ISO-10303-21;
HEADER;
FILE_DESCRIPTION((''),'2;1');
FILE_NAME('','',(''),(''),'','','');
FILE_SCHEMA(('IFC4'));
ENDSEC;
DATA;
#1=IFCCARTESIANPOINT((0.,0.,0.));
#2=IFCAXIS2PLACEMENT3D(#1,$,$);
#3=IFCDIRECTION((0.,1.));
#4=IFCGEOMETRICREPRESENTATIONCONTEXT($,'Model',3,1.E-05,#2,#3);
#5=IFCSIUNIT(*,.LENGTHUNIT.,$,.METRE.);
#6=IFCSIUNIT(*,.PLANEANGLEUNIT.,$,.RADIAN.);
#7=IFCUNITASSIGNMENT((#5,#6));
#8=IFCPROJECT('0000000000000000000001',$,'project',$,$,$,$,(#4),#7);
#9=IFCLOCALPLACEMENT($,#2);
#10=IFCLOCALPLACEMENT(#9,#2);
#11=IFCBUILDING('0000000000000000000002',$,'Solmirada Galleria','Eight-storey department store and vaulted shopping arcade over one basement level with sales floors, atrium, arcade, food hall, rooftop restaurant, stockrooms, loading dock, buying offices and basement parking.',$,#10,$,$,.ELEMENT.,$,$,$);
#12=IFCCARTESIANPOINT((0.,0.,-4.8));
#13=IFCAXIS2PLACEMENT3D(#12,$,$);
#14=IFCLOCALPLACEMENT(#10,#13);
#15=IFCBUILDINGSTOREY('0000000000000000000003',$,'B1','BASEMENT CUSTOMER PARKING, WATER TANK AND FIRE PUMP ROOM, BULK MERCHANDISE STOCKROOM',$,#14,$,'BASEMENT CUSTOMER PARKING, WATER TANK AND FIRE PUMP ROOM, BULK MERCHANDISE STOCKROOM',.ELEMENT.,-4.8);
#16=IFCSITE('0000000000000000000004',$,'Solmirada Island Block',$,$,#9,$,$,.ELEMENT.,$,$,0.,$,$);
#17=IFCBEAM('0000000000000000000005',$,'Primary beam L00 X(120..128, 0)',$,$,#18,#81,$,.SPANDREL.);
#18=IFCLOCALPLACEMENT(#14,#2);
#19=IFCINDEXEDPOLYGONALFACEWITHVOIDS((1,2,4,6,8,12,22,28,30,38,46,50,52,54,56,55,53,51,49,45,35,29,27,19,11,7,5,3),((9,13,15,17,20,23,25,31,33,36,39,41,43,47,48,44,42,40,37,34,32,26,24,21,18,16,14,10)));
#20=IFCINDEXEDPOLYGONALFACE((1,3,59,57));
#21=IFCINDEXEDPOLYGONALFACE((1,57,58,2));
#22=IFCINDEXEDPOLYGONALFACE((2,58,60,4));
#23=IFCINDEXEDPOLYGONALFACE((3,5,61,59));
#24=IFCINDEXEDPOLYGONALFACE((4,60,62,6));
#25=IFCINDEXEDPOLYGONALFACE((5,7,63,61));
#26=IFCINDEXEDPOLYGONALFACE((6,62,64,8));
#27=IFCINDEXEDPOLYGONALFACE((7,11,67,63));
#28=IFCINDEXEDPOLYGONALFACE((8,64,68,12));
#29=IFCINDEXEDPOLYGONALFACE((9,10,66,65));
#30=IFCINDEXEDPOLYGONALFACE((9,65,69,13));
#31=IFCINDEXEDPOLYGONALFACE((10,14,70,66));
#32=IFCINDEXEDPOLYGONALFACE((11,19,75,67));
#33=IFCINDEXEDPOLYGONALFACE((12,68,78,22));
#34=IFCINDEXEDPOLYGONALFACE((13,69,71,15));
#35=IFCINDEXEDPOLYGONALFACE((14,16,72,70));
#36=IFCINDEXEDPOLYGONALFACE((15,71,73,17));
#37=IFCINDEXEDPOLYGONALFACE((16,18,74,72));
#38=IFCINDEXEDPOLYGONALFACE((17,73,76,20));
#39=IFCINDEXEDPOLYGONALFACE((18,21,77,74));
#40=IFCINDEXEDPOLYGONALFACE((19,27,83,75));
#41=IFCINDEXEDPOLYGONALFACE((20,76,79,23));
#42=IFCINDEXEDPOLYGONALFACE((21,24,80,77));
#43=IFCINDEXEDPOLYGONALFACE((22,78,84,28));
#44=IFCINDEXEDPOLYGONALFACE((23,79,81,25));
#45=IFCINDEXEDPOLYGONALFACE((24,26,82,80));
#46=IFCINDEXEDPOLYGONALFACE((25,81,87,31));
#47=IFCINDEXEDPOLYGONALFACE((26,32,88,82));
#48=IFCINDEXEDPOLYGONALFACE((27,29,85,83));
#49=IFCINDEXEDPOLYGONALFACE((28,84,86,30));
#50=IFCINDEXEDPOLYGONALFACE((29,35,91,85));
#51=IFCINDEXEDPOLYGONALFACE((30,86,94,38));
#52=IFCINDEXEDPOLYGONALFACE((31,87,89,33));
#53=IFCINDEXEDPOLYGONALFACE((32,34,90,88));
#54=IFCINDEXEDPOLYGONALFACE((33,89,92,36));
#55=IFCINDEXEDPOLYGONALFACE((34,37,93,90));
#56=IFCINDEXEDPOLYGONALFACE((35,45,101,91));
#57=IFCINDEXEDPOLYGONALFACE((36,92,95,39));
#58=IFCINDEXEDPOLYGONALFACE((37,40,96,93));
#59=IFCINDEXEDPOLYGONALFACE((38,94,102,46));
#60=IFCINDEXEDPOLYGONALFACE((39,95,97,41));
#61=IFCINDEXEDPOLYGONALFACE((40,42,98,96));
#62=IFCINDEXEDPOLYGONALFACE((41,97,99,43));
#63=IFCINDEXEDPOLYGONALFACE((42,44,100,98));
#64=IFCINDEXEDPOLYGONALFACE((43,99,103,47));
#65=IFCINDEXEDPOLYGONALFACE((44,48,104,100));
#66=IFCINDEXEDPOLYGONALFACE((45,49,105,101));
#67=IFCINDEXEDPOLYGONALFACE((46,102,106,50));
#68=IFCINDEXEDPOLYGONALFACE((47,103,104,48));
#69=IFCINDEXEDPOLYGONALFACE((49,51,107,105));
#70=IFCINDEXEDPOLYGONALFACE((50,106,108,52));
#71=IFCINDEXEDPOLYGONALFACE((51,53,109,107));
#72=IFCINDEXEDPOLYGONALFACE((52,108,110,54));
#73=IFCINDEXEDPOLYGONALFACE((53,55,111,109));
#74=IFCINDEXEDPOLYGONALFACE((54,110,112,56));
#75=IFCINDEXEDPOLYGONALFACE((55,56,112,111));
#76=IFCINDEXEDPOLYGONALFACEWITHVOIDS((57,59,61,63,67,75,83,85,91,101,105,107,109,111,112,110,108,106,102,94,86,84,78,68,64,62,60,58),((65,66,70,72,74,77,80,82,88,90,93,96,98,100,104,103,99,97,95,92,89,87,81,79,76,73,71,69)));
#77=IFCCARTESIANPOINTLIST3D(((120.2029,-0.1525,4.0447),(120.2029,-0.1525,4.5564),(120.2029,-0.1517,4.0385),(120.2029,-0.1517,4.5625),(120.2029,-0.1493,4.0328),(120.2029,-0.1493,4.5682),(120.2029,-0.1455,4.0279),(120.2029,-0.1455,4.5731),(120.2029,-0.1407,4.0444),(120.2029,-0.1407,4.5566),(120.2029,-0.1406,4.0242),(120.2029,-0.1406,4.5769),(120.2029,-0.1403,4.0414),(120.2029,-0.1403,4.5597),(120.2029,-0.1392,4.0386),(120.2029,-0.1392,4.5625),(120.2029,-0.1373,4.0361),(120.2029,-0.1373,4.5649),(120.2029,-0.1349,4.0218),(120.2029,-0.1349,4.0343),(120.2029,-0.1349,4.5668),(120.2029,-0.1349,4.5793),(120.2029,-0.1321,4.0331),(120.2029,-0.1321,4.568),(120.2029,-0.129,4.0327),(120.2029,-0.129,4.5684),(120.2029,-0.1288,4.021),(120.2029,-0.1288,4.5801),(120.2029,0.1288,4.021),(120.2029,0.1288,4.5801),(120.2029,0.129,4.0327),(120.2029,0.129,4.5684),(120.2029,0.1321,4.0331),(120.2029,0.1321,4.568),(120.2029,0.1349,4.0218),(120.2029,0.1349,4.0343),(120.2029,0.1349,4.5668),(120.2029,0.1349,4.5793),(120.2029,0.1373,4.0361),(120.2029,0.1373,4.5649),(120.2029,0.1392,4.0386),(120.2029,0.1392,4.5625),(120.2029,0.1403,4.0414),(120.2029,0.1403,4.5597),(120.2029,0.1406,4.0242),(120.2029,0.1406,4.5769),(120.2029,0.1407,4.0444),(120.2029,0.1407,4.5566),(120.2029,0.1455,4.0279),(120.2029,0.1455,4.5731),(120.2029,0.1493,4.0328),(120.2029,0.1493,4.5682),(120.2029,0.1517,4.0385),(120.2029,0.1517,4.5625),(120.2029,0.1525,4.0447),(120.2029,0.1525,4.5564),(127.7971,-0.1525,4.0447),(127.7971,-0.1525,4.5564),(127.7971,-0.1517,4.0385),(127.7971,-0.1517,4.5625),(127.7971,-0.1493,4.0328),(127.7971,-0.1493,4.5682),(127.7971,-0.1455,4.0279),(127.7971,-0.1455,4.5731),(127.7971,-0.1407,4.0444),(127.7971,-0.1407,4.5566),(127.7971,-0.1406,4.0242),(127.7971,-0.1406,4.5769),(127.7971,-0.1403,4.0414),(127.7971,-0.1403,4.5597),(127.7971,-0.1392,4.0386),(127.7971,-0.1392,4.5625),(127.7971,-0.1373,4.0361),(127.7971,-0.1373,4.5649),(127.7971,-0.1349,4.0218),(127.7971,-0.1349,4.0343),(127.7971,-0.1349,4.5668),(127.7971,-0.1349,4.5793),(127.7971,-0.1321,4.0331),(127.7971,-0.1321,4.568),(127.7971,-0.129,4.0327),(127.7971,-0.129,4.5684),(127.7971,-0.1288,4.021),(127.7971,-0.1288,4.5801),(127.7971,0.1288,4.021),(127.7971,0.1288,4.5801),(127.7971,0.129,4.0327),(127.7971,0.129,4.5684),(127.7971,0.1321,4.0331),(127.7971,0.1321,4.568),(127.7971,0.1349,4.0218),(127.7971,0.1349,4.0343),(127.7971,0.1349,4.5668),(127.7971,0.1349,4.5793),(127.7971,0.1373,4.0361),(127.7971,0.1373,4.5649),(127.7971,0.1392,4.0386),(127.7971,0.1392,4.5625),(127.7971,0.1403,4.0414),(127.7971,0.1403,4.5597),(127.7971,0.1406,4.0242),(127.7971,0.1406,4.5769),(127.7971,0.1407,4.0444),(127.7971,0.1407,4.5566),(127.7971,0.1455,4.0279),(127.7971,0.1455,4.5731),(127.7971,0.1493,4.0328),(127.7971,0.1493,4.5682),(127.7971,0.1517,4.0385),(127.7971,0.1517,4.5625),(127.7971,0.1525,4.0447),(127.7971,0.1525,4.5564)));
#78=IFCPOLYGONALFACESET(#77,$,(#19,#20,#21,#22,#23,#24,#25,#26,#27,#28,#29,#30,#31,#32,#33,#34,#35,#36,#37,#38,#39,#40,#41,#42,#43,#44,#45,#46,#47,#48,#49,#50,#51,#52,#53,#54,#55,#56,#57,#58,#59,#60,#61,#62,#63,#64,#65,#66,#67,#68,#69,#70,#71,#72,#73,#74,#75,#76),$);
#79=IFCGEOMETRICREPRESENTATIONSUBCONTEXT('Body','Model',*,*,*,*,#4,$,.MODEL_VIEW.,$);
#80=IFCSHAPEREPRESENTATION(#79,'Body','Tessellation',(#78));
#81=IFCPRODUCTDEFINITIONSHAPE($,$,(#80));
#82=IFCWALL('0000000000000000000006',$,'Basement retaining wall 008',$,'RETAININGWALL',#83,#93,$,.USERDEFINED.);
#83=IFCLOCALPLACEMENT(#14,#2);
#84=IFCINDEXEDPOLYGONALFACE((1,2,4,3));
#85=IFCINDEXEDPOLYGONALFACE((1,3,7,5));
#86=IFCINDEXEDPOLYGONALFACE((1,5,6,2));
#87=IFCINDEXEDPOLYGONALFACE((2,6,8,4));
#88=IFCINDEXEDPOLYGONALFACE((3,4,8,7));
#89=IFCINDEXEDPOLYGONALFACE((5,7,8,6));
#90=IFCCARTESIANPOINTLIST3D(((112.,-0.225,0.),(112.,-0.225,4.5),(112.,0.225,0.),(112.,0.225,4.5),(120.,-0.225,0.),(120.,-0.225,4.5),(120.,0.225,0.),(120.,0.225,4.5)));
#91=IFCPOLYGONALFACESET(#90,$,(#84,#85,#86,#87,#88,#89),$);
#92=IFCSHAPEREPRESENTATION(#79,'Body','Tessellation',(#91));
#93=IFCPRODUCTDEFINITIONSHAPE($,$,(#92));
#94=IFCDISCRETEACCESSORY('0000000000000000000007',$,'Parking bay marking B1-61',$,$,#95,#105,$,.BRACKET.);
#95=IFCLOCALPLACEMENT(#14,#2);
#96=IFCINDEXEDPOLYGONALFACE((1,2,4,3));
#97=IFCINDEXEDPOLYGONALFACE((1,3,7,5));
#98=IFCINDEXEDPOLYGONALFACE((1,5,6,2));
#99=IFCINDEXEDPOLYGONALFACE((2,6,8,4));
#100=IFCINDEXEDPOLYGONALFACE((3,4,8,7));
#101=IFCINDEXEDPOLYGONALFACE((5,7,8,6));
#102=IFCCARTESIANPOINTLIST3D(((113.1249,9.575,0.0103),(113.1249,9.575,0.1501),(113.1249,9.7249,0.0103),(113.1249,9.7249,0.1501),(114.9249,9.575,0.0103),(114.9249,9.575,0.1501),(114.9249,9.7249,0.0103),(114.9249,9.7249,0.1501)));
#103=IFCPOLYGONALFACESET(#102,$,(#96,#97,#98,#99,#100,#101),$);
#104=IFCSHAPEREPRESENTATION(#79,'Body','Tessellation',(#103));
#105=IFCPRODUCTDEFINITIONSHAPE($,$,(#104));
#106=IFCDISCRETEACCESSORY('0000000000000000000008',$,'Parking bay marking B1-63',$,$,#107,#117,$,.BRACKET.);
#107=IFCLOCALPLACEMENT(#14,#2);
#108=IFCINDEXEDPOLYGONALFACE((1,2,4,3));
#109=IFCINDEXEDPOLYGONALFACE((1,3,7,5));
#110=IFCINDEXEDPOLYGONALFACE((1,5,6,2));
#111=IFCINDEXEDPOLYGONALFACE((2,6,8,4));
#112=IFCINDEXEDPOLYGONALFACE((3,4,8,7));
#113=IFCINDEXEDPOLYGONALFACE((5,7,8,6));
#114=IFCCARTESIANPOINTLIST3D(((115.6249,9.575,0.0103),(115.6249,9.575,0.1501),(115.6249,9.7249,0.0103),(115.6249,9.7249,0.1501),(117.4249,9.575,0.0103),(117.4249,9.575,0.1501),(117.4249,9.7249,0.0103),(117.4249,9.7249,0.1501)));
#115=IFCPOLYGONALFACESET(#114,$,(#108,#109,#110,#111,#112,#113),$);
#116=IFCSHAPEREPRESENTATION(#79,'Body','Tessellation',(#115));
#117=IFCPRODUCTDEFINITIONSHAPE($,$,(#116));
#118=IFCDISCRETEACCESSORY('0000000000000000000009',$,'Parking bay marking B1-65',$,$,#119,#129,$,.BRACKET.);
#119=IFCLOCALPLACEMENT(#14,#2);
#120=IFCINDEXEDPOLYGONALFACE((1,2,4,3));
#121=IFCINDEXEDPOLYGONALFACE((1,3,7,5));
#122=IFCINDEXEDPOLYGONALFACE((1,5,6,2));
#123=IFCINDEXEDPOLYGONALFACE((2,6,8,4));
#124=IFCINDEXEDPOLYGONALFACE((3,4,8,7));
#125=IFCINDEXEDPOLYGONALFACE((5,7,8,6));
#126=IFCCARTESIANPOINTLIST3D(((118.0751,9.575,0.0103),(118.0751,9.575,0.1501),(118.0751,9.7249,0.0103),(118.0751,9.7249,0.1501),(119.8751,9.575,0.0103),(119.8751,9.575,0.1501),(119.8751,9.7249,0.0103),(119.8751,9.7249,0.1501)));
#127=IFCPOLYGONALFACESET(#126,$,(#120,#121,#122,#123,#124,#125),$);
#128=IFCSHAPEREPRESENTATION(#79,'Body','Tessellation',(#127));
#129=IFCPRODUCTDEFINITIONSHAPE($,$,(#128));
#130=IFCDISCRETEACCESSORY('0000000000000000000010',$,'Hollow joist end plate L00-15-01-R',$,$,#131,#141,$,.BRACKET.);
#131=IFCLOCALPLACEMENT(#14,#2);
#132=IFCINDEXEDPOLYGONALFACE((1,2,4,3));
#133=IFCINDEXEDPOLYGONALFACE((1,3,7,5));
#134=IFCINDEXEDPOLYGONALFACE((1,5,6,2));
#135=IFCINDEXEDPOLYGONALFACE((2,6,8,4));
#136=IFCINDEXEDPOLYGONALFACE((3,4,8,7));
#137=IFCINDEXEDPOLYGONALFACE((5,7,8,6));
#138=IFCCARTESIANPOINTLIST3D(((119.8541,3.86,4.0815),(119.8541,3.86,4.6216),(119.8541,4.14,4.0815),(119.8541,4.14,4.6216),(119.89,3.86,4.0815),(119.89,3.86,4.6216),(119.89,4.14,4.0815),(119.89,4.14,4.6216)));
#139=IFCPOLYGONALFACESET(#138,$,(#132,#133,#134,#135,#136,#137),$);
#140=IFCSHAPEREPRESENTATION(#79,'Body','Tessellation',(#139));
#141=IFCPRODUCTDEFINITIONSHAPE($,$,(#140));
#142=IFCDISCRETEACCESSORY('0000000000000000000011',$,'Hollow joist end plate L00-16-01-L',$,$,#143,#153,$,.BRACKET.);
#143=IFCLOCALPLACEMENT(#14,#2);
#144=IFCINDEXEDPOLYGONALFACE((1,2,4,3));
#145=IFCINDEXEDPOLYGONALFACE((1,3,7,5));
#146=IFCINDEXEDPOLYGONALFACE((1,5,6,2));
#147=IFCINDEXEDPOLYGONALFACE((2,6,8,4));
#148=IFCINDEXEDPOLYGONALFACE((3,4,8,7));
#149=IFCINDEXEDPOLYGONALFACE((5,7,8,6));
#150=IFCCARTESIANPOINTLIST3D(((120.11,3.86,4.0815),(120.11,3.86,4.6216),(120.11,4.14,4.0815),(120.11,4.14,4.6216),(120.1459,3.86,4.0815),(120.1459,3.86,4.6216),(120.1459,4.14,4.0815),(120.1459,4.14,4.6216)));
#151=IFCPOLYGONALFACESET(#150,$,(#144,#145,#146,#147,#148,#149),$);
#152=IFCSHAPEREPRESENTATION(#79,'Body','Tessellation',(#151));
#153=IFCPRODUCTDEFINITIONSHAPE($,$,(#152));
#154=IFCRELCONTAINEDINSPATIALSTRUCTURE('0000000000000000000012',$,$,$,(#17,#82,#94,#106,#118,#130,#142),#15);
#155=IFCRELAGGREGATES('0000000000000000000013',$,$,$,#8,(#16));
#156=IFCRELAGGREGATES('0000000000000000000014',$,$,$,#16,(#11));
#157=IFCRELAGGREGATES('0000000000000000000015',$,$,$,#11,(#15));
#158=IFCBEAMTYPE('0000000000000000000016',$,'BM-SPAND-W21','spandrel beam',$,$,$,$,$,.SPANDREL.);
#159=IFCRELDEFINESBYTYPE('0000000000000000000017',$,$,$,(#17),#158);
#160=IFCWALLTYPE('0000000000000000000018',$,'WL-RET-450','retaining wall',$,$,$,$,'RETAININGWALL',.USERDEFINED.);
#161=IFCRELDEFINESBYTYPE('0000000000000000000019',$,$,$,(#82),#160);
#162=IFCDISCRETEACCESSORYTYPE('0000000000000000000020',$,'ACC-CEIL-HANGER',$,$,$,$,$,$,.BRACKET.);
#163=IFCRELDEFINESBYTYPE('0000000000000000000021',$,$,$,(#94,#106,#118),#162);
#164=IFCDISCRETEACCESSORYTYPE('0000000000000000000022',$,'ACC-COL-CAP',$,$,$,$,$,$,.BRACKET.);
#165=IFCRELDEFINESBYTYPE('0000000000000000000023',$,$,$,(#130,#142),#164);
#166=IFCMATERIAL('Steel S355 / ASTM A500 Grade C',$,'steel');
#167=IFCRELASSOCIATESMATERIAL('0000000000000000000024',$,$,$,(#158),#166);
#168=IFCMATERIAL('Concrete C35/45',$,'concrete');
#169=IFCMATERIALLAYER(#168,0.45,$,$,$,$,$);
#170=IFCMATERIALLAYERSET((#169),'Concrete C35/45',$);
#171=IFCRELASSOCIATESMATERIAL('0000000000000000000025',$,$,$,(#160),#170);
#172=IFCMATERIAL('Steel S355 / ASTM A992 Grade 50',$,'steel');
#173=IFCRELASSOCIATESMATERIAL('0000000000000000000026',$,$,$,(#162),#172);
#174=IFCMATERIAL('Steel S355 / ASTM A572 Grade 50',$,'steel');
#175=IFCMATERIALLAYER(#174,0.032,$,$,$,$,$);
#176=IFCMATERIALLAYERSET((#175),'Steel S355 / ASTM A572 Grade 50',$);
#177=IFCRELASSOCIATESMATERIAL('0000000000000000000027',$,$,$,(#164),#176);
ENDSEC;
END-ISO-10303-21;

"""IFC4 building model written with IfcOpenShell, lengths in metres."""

from ifc_helpers import new_model, si_unit, direction, frame, frame_2d, origin, origin_2d, place, context, subcontext, project, spatial, rectangle, hollow_rectangle, extrude, material, layer, layer_set, material_profile, profile_set, type_object, element, save


model = new_model("IFC4")

# Units and contexts
model_context = context("Model", 3, precision=1e-05, world=origin(), true_north=direction((0.0, 1.0)))
body_context = subcontext(model_context, "Body", "Model", "MODEL_VIEW")
ifc_project = project(units=[si_unit("LENGTHUNIT", "METRE"), si_unit("PLANEANGLEUNIT", "RADIAN")], contexts=[model_context])

# Site, building, storey
site_placement = place(None, origin())
site = spatial("IfcSite", under=ifc_project, at=site_placement, Name="Solmirada Island Block", CompositionType="ELEMENT", RefElevation=0.0)
building_placement = place(site_placement, origin())
building = spatial("IfcBuilding", under=site, at=building_placement, Name="Solmirada Galleria", Description="Eight-storey department store and vaulted shopping arcade over one basement level with sales floors, atrium, arcade, food hall, rooftop restaurant, stockrooms, loading dock, buying offices and basement parking.", CompositionType="ELEMENT")
storey_placement = place(building_placement, frame((0.0, 0.0, -4.8)))
storey = spatial("IfcBuildingStorey", under=building, at=storey_placement, Name="B1", Description="BASEMENT CUSTOMER PARKING, WATER TANK AND FIRE PUMP ROOM, BULK MERCHANDISE STOCKROOM", LongName="BASEMENT CUSTOMER PARKING, WATER TANK AND FIRE PUMP ROOM, BULK MERCHANDISE STOCKROOM", CompositionType="ELEMENT", Elevation=-4.8)

# Shared definitions
ifc_material_1 = material(Name="Concrete C35/45", Category="concrete")

# Shared definitions
ifc_material_2 = material(Name="Steel S355 / ASTM A500 Grade C", Category="steel")

# Beam
ifc_material_3 = material(Name="Steel S355 / ASTM A992 Grade 50", Category="steel")
ifc_material_profile_1 = material_profile(ifc_material_2, hollow_rectangle(XDim=0.3049, YDim=0.5591, WallThickness=0.0117, InnerFilletRadius=0.0117, OuterFilletRadius=0.0237, at=origin_2d()), Name="HSS22X12X1/2")
ifc_profile_set_1 = profile_set([ifc_material_profile_1], Name="Steel S355 / ASTM A500 Grade C")
beam_type_1 = type_object("IfcBeamType", Name="BM-SPAND-W21", Description="spandrel beam", PredefinedType="SPANDREL", material=ifc_profile_set_1)
beam_1_placement = place(storey_placement, frame((120.2029, 0.0, 4.3005), z_axis=(1.0, 0.0, 0.0), x_axis=(0.0, 1.0, 0.0)))
element("IfcBeam", 1, at=beam_1_placement, inside=storey, type_object=beam_type_1, Name="Primary beam L00 X(120..128, 0)", PredefinedType="SPANDREL", context=body_context, shape_type="SweptSolid", body=[
    extrude(hollow_rectangle(XDim=0.3049, YDim=0.5591, WallThickness=0.0117, InnerFilletRadius=0.0117, OuterFilletRadius=0.0237, at=origin_2d()), origin(), (0.0, 0.0, 1.0), 7.5942),
])

# Wall
ifc_layer_1 = layer(ifc_material_1, 0.45)
ifc_layer_set_1 = layer_set([ifc_layer_1], Name="Concrete C35/45")
wall_type = type_object("IfcWallType", Name="WL-RET-450", Description="retaining wall", ElementType="RETAININGWALL", PredefinedType="USERDEFINED", material=ifc_layer_set_1)
wall_placement = place(storey_placement, frame((120.0, 0.0, 0.0), z_axis=(0.0, 0.0, 1.0), x_axis=(-1.0, 0.0, 0.0)))
element("IfcWall", 2, at=wall_placement, inside=storey, type_object=wall_type, Name="Basement retaining wall 008", ObjectType="RETAININGWALL", PredefinedType="USERDEFINED", context=body_context, shape_type="SweptSolid", body=[
    extrude(rectangle(XDim=8.0, YDim=0.45, at=frame_2d((4.0, 0.0))), origin(), (0.0, 0.0, 1.0), 4.5),
])

# Discrete accessories
discrete_accessory_type_1 = type_object("IfcDiscreteAccessoryType", Name="ACC-CEIL-HANGER", PredefinedType="BRACKET", material=ifc_material_3)
for number, where, z_axis, x_axis, name in (
    (3, (114.0249, 9.6499, 0.0103), (0.0, 0.0, 1.0), (1.0, 0.0, 0.0), "Parking bay marking B1-61"),
    (4, (116.5249, 9.6499, 0.0103), (0.0, 0.0, 1.0), (1.0, 0.0, 0.0), "Parking bay marking B1-63"),
    (5, (118.9751, 9.6499, 0.0103), (0.0, 0.0, 1.0), (1.0, 0.0, 0.0), "Parking bay marking B1-65"),
):
    element("IfcDiscreteAccessory", number, at=place(storey_placement, frame(where, z_axis=z_axis, x_axis=x_axis)), inside=storey, type_object=discrete_accessory_type_1, Name=name, PredefinedType="BRACKET", context=body_context, shape_type="SweptSolid", body=[
        extrude(rectangle(XDim=1.8, YDim=0.1499, at=origin_2d()), origin(), (0.0, 0.0, 1.0), 0.1399),
    ])
ifc_material_4 = material(Name="Steel S355 / ASTM A572 Grade 50", Category="steel")
ifc_layer_2 = layer(ifc_material_4, 0.032)
ifc_layer_set_2 = layer_set([ifc_layer_2], Name="Steel S355 / ASTM A572 Grade 50")
discrete_accessory_type_2 = type_object("IfcDiscreteAccessoryType", Name="ACC-COL-CAP", PredefinedType="BRACKET", material=ifc_layer_set_2)
for number, where, z_axis, x_axis, name in (
    (6, (119.8721, 4.0, 4.0815), (0.0, 0.0, 1.0), (1.0, 0.0, 0.0), "Hollow joist end plate L00-15-01-R"),
    (7, (120.1279, 4.0, 4.0815), (0.0, 0.0, 1.0), (1.0, 0.0, 0.0), "Hollow joist end plate L00-16-01-L"),
):
    element("IfcDiscreteAccessory", number, at=place(storey_placement, frame(where, z_axis=z_axis, x_axis=x_axis)), inside=storey, type_object=discrete_accessory_type_2, Name=name, PredefinedType="BRACKET", context=body_context, shape_type="SweptSolid", body=[
        extrude(rectangle(XDim=0.0359, YDim=0.28, at=origin_2d()), origin(), (0.0, 0.0, 1.0), 0.54),
    ])

save(model, "model.ifc")
